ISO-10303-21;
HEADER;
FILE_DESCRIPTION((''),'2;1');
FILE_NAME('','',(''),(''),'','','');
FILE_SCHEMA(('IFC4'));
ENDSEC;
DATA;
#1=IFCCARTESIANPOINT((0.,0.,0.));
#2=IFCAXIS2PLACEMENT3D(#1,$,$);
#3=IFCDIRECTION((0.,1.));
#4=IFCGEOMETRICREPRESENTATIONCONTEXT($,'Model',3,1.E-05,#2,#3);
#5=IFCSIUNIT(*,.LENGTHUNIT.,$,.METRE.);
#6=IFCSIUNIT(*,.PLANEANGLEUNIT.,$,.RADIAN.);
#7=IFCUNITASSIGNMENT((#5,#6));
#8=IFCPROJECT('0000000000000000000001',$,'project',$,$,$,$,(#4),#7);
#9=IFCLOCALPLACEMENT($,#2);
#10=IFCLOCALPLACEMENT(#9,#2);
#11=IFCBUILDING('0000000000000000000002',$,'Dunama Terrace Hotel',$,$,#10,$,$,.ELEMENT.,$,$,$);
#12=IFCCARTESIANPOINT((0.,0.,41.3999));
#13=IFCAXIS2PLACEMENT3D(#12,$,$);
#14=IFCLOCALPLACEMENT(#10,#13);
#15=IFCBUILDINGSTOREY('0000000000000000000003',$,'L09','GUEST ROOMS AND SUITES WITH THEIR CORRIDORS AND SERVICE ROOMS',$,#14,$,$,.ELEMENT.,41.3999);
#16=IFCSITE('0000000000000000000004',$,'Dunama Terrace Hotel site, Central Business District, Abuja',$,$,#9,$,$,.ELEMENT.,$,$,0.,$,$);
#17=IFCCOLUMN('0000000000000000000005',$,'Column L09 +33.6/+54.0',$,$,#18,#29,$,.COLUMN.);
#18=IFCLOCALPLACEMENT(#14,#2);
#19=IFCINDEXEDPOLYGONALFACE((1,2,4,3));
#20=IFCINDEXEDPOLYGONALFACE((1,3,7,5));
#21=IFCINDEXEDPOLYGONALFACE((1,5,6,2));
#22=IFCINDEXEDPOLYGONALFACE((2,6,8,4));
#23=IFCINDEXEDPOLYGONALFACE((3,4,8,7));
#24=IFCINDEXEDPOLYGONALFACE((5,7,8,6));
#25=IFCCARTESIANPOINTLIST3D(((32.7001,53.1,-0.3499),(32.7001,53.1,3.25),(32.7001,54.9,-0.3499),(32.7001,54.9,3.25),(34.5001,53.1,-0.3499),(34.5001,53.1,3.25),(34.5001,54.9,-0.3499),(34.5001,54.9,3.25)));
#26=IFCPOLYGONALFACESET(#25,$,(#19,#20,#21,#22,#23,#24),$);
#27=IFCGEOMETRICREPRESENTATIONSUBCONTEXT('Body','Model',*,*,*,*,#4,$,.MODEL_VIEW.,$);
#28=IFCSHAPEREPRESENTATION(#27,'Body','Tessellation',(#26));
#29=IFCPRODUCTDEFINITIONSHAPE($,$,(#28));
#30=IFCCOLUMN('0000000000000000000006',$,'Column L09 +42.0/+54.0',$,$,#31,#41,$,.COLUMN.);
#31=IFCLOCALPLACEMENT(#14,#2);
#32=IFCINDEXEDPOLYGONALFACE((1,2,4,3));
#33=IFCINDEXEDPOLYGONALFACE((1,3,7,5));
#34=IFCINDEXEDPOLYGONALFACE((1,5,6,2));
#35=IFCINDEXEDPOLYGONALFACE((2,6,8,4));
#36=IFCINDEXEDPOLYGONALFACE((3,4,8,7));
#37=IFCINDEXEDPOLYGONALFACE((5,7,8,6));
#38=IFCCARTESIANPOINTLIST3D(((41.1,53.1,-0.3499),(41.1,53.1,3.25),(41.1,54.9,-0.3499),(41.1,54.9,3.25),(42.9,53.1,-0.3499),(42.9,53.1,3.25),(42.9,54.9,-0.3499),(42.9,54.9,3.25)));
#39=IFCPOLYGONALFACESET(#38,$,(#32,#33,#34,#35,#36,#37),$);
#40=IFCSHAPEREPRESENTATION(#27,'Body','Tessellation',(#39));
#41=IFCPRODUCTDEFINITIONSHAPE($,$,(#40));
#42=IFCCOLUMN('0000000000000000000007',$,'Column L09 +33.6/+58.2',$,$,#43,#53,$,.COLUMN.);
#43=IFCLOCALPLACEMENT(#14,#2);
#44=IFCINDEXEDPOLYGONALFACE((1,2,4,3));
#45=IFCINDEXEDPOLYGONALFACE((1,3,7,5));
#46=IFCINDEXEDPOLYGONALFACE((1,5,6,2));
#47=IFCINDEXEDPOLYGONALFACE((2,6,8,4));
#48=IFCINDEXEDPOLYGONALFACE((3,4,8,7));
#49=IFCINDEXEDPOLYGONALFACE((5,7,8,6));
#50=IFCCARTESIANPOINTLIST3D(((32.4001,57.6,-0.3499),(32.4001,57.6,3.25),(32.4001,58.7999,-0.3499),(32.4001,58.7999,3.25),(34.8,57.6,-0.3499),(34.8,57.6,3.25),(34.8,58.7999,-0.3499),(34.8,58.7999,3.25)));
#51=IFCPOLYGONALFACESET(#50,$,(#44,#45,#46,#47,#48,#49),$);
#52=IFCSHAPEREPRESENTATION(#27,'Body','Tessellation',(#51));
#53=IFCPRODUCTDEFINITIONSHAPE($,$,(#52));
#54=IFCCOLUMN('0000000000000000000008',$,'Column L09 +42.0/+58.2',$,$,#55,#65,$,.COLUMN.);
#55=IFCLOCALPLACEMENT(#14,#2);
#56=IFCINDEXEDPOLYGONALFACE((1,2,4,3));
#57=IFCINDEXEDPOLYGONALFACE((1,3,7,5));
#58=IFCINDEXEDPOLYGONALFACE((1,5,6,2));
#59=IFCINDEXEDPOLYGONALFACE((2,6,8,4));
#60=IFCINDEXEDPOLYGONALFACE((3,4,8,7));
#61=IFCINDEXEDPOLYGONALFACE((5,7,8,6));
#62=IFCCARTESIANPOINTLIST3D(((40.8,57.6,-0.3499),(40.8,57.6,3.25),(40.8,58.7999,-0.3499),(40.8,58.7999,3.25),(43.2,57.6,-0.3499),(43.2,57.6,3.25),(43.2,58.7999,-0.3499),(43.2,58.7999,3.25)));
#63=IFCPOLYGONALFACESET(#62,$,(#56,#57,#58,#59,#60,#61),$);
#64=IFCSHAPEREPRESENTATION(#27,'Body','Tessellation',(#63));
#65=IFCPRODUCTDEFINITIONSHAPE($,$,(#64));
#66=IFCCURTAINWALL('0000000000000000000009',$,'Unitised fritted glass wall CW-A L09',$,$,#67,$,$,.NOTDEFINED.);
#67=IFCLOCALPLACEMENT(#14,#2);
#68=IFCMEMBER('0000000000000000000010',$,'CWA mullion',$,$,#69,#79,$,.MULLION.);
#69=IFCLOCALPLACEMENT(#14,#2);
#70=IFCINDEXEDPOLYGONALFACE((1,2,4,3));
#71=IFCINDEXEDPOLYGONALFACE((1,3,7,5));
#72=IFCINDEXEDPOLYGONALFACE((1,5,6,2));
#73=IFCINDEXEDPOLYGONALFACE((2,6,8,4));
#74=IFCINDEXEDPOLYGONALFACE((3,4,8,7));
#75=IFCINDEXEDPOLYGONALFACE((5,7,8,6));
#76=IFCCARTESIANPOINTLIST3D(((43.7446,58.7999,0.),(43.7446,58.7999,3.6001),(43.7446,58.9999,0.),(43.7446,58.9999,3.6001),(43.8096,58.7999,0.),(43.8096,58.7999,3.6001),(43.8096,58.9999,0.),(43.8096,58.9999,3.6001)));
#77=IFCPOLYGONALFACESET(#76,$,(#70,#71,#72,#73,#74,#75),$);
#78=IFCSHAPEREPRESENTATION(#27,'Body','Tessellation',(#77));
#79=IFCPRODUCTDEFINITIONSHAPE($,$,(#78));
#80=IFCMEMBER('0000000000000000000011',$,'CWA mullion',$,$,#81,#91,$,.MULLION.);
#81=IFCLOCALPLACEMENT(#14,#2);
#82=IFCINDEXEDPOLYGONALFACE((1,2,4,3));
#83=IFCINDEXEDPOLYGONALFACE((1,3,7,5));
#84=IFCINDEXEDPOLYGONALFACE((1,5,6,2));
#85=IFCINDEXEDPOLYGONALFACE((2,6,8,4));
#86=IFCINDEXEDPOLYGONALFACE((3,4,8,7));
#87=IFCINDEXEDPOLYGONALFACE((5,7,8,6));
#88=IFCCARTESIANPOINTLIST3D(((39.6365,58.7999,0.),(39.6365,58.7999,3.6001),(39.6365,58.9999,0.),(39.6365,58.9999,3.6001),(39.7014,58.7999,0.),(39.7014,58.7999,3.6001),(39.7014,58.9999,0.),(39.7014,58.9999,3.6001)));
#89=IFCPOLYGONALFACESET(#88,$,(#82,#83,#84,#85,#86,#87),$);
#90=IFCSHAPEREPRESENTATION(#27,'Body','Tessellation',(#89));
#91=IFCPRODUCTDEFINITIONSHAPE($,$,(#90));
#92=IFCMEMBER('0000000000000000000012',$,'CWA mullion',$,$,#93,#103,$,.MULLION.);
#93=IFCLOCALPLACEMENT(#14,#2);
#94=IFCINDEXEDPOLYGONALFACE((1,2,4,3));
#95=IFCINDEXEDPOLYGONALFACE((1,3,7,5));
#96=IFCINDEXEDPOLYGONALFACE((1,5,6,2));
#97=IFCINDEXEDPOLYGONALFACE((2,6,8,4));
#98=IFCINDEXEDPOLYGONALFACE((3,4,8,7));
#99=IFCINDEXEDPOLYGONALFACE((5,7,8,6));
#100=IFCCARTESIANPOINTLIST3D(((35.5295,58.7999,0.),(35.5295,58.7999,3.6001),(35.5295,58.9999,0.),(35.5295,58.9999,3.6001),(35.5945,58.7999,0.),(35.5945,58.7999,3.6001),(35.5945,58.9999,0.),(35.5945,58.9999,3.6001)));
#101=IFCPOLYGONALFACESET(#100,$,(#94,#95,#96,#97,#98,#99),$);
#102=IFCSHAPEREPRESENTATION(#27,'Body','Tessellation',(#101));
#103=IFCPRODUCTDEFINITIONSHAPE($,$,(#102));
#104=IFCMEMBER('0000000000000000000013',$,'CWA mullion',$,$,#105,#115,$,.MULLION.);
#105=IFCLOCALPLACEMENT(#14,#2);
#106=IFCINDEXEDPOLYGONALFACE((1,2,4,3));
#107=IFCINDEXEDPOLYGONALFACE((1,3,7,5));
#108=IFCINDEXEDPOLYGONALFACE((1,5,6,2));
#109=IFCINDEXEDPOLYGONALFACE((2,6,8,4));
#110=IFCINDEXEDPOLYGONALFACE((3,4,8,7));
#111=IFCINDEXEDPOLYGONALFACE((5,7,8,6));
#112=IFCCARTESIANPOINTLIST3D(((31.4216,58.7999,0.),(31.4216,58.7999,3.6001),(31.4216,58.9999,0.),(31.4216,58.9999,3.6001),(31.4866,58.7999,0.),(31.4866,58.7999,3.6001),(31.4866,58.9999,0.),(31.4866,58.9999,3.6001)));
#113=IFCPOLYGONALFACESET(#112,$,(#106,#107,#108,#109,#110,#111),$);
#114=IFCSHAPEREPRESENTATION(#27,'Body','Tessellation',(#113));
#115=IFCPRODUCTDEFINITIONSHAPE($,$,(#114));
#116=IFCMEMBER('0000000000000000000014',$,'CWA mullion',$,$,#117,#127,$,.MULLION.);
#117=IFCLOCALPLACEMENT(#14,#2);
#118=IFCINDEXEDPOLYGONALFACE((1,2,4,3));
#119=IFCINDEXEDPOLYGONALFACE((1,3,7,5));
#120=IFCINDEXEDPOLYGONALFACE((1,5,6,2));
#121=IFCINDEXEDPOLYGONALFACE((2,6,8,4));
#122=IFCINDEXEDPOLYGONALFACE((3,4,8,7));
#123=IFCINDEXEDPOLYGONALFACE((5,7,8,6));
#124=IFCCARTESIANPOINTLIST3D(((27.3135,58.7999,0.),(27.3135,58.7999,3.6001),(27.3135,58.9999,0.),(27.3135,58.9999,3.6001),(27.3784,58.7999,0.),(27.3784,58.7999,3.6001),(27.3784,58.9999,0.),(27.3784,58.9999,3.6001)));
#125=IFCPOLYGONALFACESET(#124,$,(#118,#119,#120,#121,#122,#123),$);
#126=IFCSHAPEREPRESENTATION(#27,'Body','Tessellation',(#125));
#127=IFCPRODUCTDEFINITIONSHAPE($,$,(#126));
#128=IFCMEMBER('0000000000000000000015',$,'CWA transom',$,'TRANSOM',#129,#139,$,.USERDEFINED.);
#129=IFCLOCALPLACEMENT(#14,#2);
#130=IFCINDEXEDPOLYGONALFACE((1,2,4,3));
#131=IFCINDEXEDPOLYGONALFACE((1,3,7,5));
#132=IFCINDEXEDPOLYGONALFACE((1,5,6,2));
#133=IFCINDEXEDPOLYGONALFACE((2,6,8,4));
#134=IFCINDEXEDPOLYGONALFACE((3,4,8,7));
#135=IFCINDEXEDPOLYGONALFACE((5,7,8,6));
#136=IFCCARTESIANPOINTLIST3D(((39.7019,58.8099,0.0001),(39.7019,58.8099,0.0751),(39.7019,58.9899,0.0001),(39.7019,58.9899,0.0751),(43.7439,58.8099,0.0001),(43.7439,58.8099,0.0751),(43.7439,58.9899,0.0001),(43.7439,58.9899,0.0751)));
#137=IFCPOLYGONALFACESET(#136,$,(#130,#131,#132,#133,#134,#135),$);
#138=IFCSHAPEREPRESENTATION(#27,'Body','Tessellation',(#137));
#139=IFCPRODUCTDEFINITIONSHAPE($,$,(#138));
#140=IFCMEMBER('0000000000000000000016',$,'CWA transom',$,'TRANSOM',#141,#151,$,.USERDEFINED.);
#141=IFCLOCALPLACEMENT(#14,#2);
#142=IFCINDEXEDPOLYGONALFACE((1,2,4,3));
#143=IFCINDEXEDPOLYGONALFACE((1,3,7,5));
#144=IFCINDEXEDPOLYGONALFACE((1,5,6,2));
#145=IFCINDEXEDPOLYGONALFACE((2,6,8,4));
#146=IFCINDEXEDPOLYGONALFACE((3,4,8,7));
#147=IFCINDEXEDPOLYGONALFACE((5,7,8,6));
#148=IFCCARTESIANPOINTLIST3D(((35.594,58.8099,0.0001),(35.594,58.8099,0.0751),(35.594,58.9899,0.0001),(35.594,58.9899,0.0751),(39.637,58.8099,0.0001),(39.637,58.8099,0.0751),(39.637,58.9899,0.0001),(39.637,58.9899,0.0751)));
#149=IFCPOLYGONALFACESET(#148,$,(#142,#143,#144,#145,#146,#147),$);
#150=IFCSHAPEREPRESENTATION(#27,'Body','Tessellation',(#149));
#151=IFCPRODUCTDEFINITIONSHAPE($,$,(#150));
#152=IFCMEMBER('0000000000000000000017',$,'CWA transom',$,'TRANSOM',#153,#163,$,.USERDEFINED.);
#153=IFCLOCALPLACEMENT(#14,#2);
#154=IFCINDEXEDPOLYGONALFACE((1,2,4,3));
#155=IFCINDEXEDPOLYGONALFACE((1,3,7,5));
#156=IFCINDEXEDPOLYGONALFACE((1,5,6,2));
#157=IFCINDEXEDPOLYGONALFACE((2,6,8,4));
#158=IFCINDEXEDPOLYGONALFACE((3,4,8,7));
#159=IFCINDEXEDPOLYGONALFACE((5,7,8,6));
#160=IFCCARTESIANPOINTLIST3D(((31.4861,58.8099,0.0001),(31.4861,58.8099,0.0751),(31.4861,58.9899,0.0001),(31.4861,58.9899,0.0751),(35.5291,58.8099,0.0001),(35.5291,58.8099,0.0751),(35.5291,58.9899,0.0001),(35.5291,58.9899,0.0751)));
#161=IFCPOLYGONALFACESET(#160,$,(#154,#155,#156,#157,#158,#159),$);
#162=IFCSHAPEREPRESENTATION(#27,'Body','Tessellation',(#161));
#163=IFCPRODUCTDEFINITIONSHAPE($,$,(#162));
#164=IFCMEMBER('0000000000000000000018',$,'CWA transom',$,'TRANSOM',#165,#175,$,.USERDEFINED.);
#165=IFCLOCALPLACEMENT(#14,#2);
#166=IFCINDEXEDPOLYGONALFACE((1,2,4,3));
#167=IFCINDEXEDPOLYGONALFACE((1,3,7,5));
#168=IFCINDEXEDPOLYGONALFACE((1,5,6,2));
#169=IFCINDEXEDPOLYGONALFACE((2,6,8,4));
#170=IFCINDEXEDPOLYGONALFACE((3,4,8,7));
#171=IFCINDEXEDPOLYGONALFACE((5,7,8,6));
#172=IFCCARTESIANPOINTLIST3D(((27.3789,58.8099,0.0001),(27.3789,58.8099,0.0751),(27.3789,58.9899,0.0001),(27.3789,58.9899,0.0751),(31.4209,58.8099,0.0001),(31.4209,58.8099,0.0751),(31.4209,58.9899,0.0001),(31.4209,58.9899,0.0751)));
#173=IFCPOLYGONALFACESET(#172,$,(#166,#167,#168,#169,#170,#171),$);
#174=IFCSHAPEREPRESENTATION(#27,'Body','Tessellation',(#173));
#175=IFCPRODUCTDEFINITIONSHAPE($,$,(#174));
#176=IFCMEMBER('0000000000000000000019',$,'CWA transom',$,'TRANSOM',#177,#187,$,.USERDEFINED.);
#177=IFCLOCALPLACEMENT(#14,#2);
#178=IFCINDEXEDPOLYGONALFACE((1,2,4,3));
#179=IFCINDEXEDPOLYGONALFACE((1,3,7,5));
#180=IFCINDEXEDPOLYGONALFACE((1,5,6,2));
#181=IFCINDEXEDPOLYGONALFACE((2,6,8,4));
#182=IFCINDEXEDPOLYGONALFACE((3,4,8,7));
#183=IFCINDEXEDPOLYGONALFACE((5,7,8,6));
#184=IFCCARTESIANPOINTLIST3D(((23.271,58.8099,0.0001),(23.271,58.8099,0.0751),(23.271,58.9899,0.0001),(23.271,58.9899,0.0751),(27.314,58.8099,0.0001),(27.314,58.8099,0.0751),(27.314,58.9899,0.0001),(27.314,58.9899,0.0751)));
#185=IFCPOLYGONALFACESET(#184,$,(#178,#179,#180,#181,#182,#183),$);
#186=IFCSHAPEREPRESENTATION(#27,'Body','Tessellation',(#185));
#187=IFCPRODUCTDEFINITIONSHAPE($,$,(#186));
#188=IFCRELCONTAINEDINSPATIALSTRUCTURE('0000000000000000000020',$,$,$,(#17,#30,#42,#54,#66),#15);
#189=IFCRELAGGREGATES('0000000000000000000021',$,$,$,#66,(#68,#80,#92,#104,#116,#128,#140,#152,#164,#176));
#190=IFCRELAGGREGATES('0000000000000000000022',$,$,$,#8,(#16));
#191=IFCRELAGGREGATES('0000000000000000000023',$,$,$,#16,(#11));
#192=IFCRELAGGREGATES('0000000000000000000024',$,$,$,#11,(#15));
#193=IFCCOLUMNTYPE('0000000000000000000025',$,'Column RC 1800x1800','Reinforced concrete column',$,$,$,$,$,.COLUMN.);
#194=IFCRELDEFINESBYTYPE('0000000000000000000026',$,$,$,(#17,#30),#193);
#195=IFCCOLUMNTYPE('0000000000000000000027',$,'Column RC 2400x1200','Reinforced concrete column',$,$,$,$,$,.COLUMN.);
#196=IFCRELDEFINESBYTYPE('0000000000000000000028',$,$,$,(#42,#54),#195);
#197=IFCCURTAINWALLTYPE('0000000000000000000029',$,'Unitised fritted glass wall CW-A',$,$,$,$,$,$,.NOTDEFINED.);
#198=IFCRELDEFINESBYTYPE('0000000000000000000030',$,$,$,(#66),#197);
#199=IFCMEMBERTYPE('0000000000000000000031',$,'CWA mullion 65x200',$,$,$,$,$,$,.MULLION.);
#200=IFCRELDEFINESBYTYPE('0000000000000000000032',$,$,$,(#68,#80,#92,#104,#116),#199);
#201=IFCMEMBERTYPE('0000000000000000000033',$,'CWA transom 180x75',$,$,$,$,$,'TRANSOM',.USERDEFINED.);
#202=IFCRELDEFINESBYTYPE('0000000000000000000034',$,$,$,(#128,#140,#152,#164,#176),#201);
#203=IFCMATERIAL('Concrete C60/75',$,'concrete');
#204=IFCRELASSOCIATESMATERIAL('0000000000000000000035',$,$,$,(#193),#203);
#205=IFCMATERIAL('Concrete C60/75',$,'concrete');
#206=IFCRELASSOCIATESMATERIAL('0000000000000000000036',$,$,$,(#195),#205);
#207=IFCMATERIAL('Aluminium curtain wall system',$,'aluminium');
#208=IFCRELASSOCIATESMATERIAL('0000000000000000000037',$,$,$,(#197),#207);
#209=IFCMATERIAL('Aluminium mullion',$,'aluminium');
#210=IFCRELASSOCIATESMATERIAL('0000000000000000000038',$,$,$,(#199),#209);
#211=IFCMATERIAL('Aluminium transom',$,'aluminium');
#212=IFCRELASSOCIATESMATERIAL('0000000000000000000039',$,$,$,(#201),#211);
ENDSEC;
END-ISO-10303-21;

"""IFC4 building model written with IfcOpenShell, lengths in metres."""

from ifc_helpers import new_model, si_unit, direction, frame, origin, origin_2d, place, context, subcontext, project, spatial, rectangle, extrude, material, material_profile, profile_set, type_object, element, aggregate, save


model = new_model("IFC4")

# Units and contexts
model_context = context("Model", 3, precision=1e-05, world=origin(), true_north=direction((0.0, 1.0)))
body_context = subcontext(model_context, "Body", "Model", "MODEL_VIEW")
ifc_project = project(units=[si_unit("LENGTHUNIT", "METRE"), si_unit("PLANEANGLEUNIT", "RADIAN")], contexts=[model_context])

# Site, building, storey
site_placement = place(None, origin())
site = spatial("IfcSite", under=ifc_project, at=site_placement, Name="Dunama Terrace Hotel site, Central Business District, Abuja", CompositionType="ELEMENT", RefElevation=0.0)
building_placement = place(site_placement, origin())
building = spatial("IfcBuilding", under=site, at=building_placement, Name="Dunama Terrace Hotel", CompositionType="ELEMENT")
storey_placement = place(building_placement, frame((0.0, 0.0, 41.3999)))
storey = spatial("IfcBuildingStorey", under=building, at=storey_placement, Name="L09", Description="GUEST ROOMS AND SUITES WITH THEIR CORRIDORS AND SERVICE ROOMS", CompositionType="ELEMENT", Elevation=41.3999)

# Columns
ifc_material_1 = material(Name="Concrete C60/75", Category="concrete")
ifc_material_profile_1 = material_profile(ifc_material_1, rectangle(XDim=1.8, YDim=1.8, at=origin_2d()), Name="RC 1800x1800")
ifc_profile_set_1 = profile_set([ifc_material_profile_1], Name="Concrete C60/75")
column_type_1 = type_object("IfcColumnType", Name="Column RC 1800x1800", Description="Reinforced concrete column", PredefinedType="COLUMN", material=ifc_profile_set_1)
for number, where, z_axis, x_axis, name in (
    (1, (33.6001, 54.0, -0.3499), (0.0, 0.0, 1.0), (1.0, 0.0, 0.0), "Column L09 +33.6/+54.0"),
    (2, (42.0, 54.0, -0.3499), (0.0, 0.0, 1.0), (1.0, 0.0, 0.0), "Column L09 +42.0/+54.0"),
):
    element("IfcColumn", number, at=place(storey_placement, frame(where, z_axis=z_axis, x_axis=x_axis)), inside=storey, type_object=column_type_1, Name=name, PredefinedType="COLUMN", context=body_context, shape_type="SweptSolid", body=[
        extrude(rectangle(XDim=1.8, YDim=1.8, at=origin_2d()), origin(), (0.0, 0.0, 1.0), 3.5999),
    ])
ifc_material_2 = material(Name="Concrete C60/75", Category="concrete")
ifc_material_profile_2 = material_profile(ifc_material_2, rectangle(XDim=2.3999, YDim=1.2, at=origin_2d()), Name="RC 2400x1200")
ifc_profile_set_2 = profile_set([ifc_material_profile_2], Name="Concrete C60/75")
column_type_2 = type_object("IfcColumnType", Name="Column RC 2400x1200", Description="Reinforced concrete column", PredefinedType="COLUMN", material=ifc_profile_set_2)
for number, where, z_axis, x_axis, name in (
    (3, (33.6001, 58.2, -0.3499), (0.0, 0.0, 1.0), (1.0, 0.0, 0.0), "Column L09 +33.6/+58.2"),
    (4, (42.0, 58.2, -0.3499), (0.0, 0.0, 1.0), (1.0, 0.0, 0.0), "Column L09 +42.0/+58.2"),
):
    element("IfcColumn", number, at=place(storey_placement, frame(where, z_axis=z_axis, x_axis=x_axis)), inside=storey, type_object=column_type_2, Name=name, PredefinedType="COLUMN", context=body_context, shape_type="SweptSolid", body=[
        extrude(rectangle(XDim=2.3999, YDim=1.2, at=origin_2d()), origin(), (0.0, 0.0, 1.0), 3.5999),
    ])

# Curtain wall, members
ifc_material_3 = material(Name="Aluminium curtain wall system", Category="aluminium")
curtain_wall_type = type_object("IfcCurtainWallType", Name="Unitised fritted glass wall CW-A", PredefinedType="NOTDEFINED", material=ifc_material_3)
curtain_wall_placement = place(storey_placement, origin())
curtain_wall = element("IfcCurtainWall", 5, at=curtain_wall_placement, inside=storey, type_object=curtain_wall_type, Name="Unitised fritted glass wall CW-A L09", PredefinedType="NOTDEFINED")
ifc_material_4 = material(Name="Aluminium mullion", Category="aluminium")
ifc_material_profile_3 = material_profile(ifc_material_4, rectangle(XDim=0.0649, YDim=0.2, at=origin_2d()), Name="CWA MULLION 65X200")
ifc_profile_set_3 = profile_set([ifc_material_profile_3], Name="Aluminium mullion")
member_type_1 = type_object("IfcMemberType", Name="CWA mullion 65x200", PredefinedType="MULLION", material=ifc_profile_set_3)
member_1_placement = place(storey_placement, frame((43.7771, 58.8999, 0.0), z_axis=(0.0, 0.0, 1.0), x_axis=(-1.0, 0.0, 0.0)))
member_1 = element("IfcMember", 6, at=member_1_placement, type_object=member_type_1, Name="CWA mullion", PredefinedType="MULLION", context=body_context, shape_type="SweptSolid", body=[
    extrude(rectangle(XDim=0.0649, YDim=0.2, at=origin_2d()), origin(), (0.0, 0.0, 1.0), 3.6001),
])
member_2_placement = place(storey_placement, frame((39.6689, 58.8999, 0.0), z_axis=(0.0, 0.0, 1.0), x_axis=(-1.0, 0.0, 0.0)))
member_2 = element("IfcMember", 7, at=member_2_placement, type_object=member_type_1, Name="CWA mullion", PredefinedType="MULLION", context=body_context, shape_type="SweptSolid", body=[
    extrude(rectangle(XDim=0.0649, YDim=0.2, at=origin_2d()), origin(), (0.0, 0.0, 1.0), 3.6001),
])
member_3_placement = place(storey_placement, frame((35.562, 58.8999, 0.0), z_axis=(0.0, 0.0, 1.0), x_axis=(-1.0, 0.0, 0.0)))
member_3 = element("IfcMember", 8, at=member_3_placement, type_object=member_type_1, Name="CWA mullion", PredefinedType="MULLION", context=body_context, shape_type="SweptSolid", body=[
    extrude(rectangle(XDim=0.0649, YDim=0.2, at=origin_2d()), origin(), (0.0, 0.0, 1.0), 3.6001),
])
member_4_placement = place(storey_placement, frame((31.4541, 58.8999, 0.0), z_axis=(0.0, 0.0, 1.0), x_axis=(-1.0, 0.0, 0.0)))
member_4 = element("IfcMember", 9, at=member_4_placement, type_object=member_type_1, Name="CWA mullion", PredefinedType="MULLION", context=body_context, shape_type="SweptSolid", body=[
    extrude(rectangle(XDim=0.0649, YDim=0.2, at=origin_2d()), origin(), (0.0, 0.0, 1.0), 3.6001),
])
member_5_placement = place(storey_placement, frame((27.3459, 58.8999, 0.0), z_axis=(0.0, 0.0, 1.0), x_axis=(-1.0, 0.0, 0.0)))
member_5 = element("IfcMember", 10, at=member_5_placement, type_object=member_type_1, Name="CWA mullion", PredefinedType="MULLION", context=body_context, shape_type="SweptSolid", body=[
    extrude(rectangle(XDim=0.0649, YDim=0.2, at=origin_2d()), origin(), (0.0, 0.0, 1.0), 3.6001),
])
ifc_material_5 = material(Name="Aluminium transom", Category="aluminium")
ifc_material_profile_4 = material_profile(ifc_material_5, rectangle(XDim=0.1799, YDim=0.075, at=origin_2d()), Name="CWA TRANSOM 180X75")
ifc_profile_set_4 = profile_set([ifc_material_profile_4], Name="Aluminium transom")
member_type_2 = type_object("IfcMemberType", Name="CWA transom 180x75", ElementType="TRANSOM", PredefinedType="USERDEFINED", material=ifc_profile_set_4)
member_6_placement = place(storey_placement, frame((43.7439, 58.8999, 0.0376), z_axis=(-1.0, 0.0, 0.0), x_axis=(0.0, -1.0, 0.0)))
member_6 = element("IfcMember", 11, at=member_6_placement, type_object=member_type_2, Name="CWA transom", ObjectType="TRANSOM", PredefinedType="USERDEFINED", context=body_context, shape_type="SweptSolid", body=[
    extrude(rectangle(XDim=0.1799, YDim=0.075, at=origin_2d()), origin(), (0.0, 0.0, 1.0), 4.042),
])
member_7_placement = place(storey_placement, frame((39.637, 58.8999, 0.0376), z_axis=(-1.0, 0.0, 0.0), x_axis=(0.0, -1.0, 0.0)))
member_7 = element("IfcMember", 12, at=member_7_placement, type_object=member_type_2, Name="CWA transom", ObjectType="TRANSOM", PredefinedType="USERDEFINED", context=body_context, shape_type="SweptSolid", body=[
    extrude(rectangle(XDim=0.1799, YDim=0.075, at=origin_2d()), origin(), (0.0, 0.0, 1.0), 4.043),
])
member_8_placement = place(storey_placement, frame((35.5291, 58.8999, 0.0376), z_axis=(-1.0, 0.0, 0.0), x_axis=(0.0, -1.0, 0.0)))
member_8 = element("IfcMember", 13, at=member_8_placement, type_object=member_type_2, Name="CWA transom", ObjectType="TRANSOM", PredefinedType="USERDEFINED", context=body_context, shape_type="SweptSolid", body=[
    extrude(rectangle(XDim=0.1799, YDim=0.075, at=origin_2d()), origin(), (0.0, 0.0, 1.0), 4.043),
])
member_9_placement = place(storey_placement, frame((31.4209, 58.8999, 0.0376), z_axis=(-1.0, 0.0, 0.0), x_axis=(0.0, -1.0, 0.0)))
member_9 = element("IfcMember", 14, at=member_9_placement, type_object=member_type_2, Name="CWA transom", ObjectType="TRANSOM", PredefinedType="USERDEFINED", context=body_context, shape_type="SweptSolid", body=[
    extrude(rectangle(XDim=0.1799, YDim=0.075, at=origin_2d()), origin(), (0.0, 0.0, 1.0), 4.042),
])
member_10_placement = place(storey_placement, frame((27.314, 58.8999, 0.0376), z_axis=(-1.0, 0.0, 0.0), x_axis=(0.0, -1.0, 0.0)))
member_10 = element("IfcMember", 15, at=member_10_placement, type_object=member_type_2, Name="CWA transom", ObjectType="TRANSOM", PredefinedType="USERDEFINED", context=body_context, shape_type="SweptSolid", body=[
    extrude(rectangle(XDim=0.1799, YDim=0.075, at=origin_2d()), origin(), (0.0, 0.0, 1.0), 4.043),
])

aggregate(curtain_wall, [member_1, member_2, member_3, member_4, member_5, member_6, member_7, member_8, member_9, member_10])

save(model, "model.ifc")
